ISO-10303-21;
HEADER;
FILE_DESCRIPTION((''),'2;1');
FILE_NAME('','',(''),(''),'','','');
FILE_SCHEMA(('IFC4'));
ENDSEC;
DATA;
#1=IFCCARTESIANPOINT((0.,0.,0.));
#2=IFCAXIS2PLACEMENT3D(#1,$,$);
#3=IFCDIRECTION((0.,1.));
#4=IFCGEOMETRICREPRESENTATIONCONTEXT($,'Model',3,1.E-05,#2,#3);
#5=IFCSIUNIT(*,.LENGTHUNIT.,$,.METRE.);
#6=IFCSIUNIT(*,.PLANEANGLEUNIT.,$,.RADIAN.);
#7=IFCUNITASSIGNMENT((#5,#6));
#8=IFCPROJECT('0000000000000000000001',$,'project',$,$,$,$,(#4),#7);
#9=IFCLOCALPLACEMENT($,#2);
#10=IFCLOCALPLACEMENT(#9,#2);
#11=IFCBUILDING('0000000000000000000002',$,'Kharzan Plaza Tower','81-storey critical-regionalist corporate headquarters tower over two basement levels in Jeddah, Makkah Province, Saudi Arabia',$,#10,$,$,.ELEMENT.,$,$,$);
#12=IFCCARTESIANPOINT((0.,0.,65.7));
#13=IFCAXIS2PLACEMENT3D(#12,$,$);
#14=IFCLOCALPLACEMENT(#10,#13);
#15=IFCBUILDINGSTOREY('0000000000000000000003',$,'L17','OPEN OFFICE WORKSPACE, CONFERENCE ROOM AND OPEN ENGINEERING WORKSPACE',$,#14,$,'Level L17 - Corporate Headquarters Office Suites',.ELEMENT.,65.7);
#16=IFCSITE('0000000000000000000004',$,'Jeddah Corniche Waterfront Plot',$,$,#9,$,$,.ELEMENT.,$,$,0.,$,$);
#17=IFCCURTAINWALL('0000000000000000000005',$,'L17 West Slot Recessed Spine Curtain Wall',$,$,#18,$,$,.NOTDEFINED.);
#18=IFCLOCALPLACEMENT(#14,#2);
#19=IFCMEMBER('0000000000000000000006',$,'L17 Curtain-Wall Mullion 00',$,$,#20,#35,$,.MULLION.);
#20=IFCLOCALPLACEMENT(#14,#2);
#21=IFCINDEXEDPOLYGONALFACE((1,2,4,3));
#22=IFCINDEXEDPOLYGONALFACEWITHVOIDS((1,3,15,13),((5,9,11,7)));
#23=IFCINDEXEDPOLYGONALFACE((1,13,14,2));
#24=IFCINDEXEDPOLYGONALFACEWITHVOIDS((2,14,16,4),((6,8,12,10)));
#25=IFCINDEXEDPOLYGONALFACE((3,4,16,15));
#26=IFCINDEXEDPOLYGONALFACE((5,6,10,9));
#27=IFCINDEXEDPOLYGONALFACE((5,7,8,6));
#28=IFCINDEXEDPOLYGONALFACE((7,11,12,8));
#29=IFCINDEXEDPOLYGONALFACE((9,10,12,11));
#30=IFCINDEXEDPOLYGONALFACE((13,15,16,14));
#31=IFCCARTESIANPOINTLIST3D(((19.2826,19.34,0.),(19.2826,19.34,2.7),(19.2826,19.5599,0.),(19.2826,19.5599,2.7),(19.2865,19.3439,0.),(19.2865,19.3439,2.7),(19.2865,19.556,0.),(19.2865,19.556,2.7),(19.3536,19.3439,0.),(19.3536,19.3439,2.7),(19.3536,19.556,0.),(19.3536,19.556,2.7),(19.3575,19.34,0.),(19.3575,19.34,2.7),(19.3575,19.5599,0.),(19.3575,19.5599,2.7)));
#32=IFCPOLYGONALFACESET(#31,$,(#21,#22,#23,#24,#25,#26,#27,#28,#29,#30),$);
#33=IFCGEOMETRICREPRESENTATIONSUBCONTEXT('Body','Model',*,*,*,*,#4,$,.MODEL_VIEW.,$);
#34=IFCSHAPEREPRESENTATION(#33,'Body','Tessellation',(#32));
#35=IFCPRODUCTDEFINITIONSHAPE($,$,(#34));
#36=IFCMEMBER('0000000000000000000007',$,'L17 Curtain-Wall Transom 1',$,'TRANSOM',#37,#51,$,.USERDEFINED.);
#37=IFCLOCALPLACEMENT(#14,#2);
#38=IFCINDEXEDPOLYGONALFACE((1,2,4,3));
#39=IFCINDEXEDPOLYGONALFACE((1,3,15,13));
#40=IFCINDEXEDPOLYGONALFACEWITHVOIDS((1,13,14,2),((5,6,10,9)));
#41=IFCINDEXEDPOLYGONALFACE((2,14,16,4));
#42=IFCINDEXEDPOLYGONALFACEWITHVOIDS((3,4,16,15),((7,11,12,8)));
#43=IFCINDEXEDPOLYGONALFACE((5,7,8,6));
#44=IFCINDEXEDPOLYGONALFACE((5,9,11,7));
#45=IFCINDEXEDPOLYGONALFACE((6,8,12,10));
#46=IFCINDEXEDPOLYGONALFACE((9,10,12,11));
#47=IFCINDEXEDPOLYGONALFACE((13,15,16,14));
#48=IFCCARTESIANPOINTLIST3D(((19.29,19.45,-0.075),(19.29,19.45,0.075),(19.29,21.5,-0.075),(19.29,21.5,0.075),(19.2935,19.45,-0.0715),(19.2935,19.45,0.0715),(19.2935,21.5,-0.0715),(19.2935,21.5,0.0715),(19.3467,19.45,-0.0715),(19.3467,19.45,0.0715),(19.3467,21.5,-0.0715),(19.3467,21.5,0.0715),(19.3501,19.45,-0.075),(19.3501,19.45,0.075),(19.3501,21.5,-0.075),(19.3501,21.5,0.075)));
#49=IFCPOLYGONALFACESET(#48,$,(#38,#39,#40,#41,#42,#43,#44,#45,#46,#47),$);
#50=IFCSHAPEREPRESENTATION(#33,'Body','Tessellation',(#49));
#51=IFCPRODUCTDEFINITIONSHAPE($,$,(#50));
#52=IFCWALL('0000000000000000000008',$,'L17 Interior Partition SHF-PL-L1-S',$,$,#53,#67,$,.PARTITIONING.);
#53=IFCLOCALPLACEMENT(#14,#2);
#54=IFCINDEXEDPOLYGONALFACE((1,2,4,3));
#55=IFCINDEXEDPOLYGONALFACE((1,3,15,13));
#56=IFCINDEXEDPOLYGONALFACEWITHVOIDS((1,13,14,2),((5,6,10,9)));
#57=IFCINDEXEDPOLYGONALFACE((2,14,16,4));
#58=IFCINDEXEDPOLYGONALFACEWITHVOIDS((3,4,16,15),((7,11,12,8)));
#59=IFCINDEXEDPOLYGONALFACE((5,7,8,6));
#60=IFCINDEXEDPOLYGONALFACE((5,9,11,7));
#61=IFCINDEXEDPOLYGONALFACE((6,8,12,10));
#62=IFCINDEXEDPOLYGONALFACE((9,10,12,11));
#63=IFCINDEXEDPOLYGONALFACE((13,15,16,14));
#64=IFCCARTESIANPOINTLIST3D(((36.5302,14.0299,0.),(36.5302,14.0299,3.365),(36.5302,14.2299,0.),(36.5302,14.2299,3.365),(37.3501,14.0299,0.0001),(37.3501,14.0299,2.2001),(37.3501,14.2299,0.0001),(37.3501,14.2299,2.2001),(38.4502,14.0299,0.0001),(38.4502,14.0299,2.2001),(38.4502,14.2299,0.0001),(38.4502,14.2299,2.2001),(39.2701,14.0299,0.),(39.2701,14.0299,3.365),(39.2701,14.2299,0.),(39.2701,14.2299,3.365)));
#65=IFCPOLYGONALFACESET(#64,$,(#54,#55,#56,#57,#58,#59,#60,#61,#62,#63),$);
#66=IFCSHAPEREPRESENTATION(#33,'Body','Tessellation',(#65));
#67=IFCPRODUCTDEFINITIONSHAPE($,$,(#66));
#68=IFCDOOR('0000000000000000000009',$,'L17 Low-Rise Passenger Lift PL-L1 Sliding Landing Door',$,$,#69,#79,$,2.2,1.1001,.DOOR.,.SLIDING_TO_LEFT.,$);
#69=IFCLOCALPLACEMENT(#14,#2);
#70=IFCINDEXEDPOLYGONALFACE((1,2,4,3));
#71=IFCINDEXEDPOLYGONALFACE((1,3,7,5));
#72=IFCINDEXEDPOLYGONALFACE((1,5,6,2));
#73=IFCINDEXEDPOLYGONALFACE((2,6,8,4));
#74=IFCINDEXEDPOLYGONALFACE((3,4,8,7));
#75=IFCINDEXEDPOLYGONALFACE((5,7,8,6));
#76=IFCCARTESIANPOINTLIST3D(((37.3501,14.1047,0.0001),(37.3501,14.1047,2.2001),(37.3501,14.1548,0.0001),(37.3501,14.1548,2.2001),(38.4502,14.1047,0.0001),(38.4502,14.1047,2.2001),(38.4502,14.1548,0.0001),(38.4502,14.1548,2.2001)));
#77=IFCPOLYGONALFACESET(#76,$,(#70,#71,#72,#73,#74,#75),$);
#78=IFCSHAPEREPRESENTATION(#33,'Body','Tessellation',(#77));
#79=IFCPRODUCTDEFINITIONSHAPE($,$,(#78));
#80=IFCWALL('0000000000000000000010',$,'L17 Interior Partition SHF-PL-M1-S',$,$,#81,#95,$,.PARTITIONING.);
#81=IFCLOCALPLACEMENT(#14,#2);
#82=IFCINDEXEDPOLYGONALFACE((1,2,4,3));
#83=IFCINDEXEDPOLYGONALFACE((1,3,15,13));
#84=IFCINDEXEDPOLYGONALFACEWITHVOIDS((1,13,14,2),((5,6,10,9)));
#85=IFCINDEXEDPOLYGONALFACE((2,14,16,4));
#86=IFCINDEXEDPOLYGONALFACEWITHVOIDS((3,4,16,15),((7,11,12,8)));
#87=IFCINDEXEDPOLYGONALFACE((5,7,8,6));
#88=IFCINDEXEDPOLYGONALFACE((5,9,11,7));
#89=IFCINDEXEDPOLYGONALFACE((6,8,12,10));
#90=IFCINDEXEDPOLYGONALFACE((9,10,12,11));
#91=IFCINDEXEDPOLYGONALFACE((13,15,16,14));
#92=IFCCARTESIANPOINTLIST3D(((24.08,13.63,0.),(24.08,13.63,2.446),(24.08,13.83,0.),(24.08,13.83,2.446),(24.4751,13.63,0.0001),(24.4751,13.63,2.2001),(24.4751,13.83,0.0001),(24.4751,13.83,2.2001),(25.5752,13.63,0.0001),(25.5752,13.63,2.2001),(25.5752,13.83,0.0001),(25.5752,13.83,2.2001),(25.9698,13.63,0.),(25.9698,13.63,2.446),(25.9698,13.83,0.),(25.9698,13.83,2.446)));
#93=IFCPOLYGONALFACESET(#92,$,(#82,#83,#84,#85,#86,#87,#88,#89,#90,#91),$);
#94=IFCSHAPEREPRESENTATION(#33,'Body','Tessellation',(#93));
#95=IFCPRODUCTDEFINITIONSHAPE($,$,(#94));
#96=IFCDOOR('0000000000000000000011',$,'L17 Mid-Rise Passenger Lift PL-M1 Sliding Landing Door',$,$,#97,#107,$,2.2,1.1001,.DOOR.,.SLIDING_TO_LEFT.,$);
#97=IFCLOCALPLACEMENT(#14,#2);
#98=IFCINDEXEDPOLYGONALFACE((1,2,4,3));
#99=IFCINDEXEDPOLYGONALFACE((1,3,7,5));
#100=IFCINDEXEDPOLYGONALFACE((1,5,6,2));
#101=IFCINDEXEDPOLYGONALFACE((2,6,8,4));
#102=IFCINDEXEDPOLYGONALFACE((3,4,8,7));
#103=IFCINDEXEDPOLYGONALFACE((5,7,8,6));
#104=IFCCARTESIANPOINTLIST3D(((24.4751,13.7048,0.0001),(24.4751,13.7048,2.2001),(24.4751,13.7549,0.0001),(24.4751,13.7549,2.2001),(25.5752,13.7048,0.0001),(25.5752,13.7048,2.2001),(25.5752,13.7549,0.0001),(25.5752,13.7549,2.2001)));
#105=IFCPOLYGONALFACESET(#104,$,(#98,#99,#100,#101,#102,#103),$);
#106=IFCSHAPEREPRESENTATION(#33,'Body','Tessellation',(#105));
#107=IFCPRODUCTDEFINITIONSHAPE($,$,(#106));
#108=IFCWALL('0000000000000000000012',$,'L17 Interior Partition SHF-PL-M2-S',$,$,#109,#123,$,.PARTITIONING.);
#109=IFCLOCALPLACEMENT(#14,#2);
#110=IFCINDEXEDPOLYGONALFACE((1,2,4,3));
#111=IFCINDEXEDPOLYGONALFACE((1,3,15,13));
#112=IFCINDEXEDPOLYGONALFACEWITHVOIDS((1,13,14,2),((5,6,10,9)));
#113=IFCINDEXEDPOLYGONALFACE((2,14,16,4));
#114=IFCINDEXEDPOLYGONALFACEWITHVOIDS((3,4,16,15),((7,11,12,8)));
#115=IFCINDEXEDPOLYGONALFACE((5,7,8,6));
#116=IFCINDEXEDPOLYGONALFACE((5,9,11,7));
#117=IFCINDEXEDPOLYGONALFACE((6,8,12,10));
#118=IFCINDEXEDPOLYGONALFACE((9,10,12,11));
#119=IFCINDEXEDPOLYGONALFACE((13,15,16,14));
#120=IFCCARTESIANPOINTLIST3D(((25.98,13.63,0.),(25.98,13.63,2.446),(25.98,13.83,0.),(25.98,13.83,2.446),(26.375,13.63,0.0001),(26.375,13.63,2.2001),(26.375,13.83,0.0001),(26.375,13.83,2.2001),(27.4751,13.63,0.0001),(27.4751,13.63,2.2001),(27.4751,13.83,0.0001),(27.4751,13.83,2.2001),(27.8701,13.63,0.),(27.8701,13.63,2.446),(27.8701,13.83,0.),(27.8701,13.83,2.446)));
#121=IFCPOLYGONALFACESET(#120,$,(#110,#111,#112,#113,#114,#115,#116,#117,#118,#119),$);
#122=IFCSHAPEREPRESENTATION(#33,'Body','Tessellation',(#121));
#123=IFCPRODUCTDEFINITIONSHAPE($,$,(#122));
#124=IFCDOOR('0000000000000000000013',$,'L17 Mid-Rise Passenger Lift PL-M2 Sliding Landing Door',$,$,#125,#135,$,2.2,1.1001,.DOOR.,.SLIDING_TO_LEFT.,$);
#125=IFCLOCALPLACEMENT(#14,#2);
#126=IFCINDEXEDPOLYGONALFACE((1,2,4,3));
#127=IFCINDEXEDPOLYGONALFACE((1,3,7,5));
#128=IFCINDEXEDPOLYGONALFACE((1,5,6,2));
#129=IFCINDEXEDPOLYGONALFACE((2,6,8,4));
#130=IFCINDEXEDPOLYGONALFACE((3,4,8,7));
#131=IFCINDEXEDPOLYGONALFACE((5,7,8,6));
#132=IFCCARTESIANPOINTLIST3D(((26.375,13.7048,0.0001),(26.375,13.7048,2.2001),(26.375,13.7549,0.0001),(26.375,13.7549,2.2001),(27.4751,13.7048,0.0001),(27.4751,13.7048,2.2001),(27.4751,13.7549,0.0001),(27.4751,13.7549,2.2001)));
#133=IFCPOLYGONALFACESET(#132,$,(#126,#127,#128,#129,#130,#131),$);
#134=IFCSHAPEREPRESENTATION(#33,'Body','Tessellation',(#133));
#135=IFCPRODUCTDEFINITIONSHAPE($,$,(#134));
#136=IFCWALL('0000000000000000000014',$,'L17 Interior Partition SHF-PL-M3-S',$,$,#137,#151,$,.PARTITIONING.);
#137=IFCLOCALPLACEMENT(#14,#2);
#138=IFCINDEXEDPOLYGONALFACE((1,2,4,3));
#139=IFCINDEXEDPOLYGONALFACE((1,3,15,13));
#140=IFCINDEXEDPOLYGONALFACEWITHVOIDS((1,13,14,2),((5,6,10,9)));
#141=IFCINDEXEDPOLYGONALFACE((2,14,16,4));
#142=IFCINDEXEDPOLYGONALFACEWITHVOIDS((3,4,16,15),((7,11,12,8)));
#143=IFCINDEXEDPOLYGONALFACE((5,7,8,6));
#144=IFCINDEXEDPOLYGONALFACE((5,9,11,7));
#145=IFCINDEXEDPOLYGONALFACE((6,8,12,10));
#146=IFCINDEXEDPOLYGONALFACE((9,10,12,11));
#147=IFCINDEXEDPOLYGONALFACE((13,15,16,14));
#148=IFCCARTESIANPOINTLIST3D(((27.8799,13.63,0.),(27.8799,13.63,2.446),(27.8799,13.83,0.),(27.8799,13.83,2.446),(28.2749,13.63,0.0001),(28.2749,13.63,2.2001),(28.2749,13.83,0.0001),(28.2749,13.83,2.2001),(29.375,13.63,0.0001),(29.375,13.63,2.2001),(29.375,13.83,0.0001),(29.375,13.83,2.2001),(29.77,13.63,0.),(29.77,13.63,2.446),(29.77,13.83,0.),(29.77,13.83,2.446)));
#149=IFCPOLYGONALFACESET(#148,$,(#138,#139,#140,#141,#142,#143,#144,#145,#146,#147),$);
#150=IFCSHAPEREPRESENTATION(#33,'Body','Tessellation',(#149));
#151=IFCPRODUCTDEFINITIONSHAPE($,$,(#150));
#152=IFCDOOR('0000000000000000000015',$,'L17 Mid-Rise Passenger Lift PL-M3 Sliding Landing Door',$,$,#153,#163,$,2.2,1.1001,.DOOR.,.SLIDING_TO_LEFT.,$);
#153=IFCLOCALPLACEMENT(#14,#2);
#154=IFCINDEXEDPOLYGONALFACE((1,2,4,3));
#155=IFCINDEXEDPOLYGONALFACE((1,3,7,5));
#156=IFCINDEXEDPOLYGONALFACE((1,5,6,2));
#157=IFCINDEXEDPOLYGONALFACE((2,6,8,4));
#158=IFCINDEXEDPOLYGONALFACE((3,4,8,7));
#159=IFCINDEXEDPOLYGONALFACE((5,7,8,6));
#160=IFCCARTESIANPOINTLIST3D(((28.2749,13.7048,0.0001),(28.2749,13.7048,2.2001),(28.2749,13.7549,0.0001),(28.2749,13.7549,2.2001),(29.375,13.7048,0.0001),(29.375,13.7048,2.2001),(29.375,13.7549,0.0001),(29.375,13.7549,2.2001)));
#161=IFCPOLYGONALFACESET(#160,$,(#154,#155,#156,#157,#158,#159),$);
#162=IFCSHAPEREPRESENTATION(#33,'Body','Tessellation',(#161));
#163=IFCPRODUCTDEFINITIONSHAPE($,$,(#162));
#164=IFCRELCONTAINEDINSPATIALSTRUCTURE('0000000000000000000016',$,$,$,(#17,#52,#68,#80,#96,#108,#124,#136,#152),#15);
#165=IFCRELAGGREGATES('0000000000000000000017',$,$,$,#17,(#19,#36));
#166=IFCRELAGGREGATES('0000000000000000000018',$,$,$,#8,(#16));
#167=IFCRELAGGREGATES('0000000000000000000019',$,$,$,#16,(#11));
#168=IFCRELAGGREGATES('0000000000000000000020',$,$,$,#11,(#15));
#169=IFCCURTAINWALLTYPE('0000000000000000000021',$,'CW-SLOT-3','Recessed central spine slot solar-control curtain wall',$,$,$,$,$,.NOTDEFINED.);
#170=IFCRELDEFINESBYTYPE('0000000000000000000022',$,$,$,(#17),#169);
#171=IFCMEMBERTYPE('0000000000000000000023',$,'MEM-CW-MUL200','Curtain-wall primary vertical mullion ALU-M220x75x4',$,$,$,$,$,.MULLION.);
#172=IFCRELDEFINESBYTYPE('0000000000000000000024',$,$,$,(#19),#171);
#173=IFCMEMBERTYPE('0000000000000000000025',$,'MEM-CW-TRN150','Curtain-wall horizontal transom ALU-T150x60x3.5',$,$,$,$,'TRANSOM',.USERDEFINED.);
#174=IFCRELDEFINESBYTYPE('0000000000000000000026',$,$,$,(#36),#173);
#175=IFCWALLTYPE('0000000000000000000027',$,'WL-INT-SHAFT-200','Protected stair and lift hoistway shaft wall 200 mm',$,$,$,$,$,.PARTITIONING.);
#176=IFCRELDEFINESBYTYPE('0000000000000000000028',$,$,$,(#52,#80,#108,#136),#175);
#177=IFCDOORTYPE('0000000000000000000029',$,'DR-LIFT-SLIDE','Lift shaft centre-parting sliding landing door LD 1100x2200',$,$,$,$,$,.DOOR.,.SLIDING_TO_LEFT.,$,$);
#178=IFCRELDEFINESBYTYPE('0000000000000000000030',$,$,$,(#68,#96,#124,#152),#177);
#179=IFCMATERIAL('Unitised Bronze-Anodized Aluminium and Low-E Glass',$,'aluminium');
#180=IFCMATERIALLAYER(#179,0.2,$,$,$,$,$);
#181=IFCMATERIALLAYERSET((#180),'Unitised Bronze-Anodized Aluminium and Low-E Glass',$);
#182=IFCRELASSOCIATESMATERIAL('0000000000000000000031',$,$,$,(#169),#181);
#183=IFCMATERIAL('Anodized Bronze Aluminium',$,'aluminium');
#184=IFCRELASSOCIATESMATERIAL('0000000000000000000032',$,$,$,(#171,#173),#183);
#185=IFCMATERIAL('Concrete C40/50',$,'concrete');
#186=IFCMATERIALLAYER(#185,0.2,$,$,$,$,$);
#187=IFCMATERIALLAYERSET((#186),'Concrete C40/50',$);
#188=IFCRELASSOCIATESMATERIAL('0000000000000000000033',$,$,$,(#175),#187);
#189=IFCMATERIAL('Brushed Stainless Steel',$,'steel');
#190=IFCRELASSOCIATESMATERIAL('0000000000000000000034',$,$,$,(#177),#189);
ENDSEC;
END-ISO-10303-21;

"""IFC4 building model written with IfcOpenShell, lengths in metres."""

from ifc_helpers import new_model, si_unit, direction, frame, frame_2d, origin, origin_2d, place, context, subcontext, project, spatial, rectangle, hollow_rectangle, extrude, source, transform, mapped, material, layer, layer_set, material_profile, profile_set, type_object, element, fill, aggregate, save


model = new_model("IFC4")

# Units and contexts
model_context = context("Model", 3, precision=1e-05, world=origin(), true_north=direction((0.0, 1.0)))
body_context = subcontext(model_context, "Body", "Model", "MODEL_VIEW")
ifc_project = project(units=[si_unit("LENGTHUNIT", "METRE"), si_unit("PLANEANGLEUNIT", "RADIAN")], contexts=[model_context])

# Site, building, storey
site_placement = place(None, origin())
site = spatial("IfcSite", under=ifc_project, at=site_placement, Name="Jeddah Corniche Waterfront Plot", CompositionType="ELEMENT", RefElevation=0.0)
building_placement = place(site_placement, origin())
building = spatial("IfcBuilding", under=site, at=building_placement, Name="Kharzan Plaza Tower", Description="81-storey critical-regionalist corporate headquarters tower over two basement levels in Jeddah, Makkah Province, Saudi Arabia", CompositionType="ELEMENT")
storey_placement = place(building_placement, frame((0.0, 0.0, 65.7)))
storey = spatial("IfcBuildingStorey", under=building, at=storey_placement, Name="L17", Description="OPEN OFFICE WORKSPACE, CONFERENCE ROOM AND OPEN ENGINEERING WORKSPACE", LongName="Level L17 - Corporate Headquarters Office Suites", CompositionType="ELEMENT", Elevation=65.7)

# Curtain wall, members
ifc_material_1 = material(Name="Unitised Bronze-Anodized Aluminium and Low-E Glass", Category="aluminium")
ifc_layer_1 = layer(ifc_material_1, 0.2)
ifc_layer_set_1 = layer_set([ifc_layer_1], Name="Unitised Bronze-Anodized Aluminium and Low-E Glass")
curtain_wall_type = type_object("IfcCurtainWallType", Name="CW-SLOT-3", Description="Recessed central spine slot solar-control curtain wall", PredefinedType="NOTDEFINED", material=ifc_layer_set_1)
curtain_wall_placement = place(storey_placement, origin())
curtain_wall = element("IfcCurtainWall", 1, at=curtain_wall_placement, inside=storey, type_object=curtain_wall_type, Name="L17 West Slot Recessed Spine Curtain Wall", PredefinedType="NOTDEFINED")
ifc_material_2 = material(Name="Anodized Bronze Aluminium", Category="aluminium")
ifc_material_profile_1 = material_profile(ifc_material_2, hollow_rectangle(XDim=0.075, YDim=0.22, WallThickness=0.0039, at=origin_2d()), Name="ALU-M220x75x4")
ifc_profile_set_1 = profile_set([ifc_material_profile_1], Name="Anodized Bronze Aluminium")
member_type_1 = type_object("IfcMemberType", Name="MEM-CW-MUL200", Description="Curtain-wall primary vertical mullion ALU-M220x75x4", PredefinedType="MULLION", material=ifc_profile_set_1)
shared_shape_1 = source(origin(), body_context, "Body", "SweptSolid", [
    extrude(hollow_rectangle(XDim=0.075, YDim=0.22, WallThickness=0.0039, at=origin_2d()), origin(), (0.0, 0.0, 1.0), 2.7),
])
member_1_placement = place(storey_placement, frame((19.3201, 19.45, 0.0), z_axis=(0.0, 0.0, 1.0), x_axis=(1.0, 0.0, 0.0)))
member_1 = element("IfcMember", 2, at=member_1_placement, type_object=member_type_1, Name="L17 Curtain-Wall Mullion 00", PredefinedType="MULLION", context=body_context, shape_type="MappedRepresentation", body=[
    mapped(shared_shape_1, transform((0.0, 0.0, 0.0), x_axis=(1.0, 0.0, 0.0), y_axis=(0.0, 1.0, 0.0), z_axis=(0.0, 0.0, 1.0))),
])
ifc_material_profile_2 = material_profile(ifc_material_2, hollow_rectangle(XDim=0.0601, YDim=0.1499, WallThickness=0.0034, at=origin_2d()), Name="ALU-T150x60x3.5")
ifc_profile_set_2 = profile_set([ifc_material_profile_2], Name="Anodized Bronze Aluminium")
member_type_2 = type_object("IfcMemberType", Name="MEM-CW-TRN150", Description="Curtain-wall horizontal transom ALU-T150x60x3.5", ElementType="TRANSOM", PredefinedType="USERDEFINED", material=ifc_profile_set_2)
shared_shape_2 = source(origin(), body_context, "Body", "SweptSolid", [
    extrude(hollow_rectangle(XDim=0.0601, YDim=0.1499, WallThickness=0.0034, at=origin_2d()), origin(), (0.0, 0.0, 1.0), 2.05),
])
member_2_placement = place(storey_placement, frame((19.3201, 19.45, 0.0), z_axis=(0.0, 1.0, 0.0), x_axis=(-1.0, 0.0, 0.0)))
member_2 = element("IfcMember", 3, at=member_2_placement, type_object=member_type_2, Name="L17 Curtain-Wall Transom 1", ObjectType="TRANSOM", PredefinedType="USERDEFINED", context=body_context, shape_type="MappedRepresentation", body=[
    mapped(shared_shape_2, transform((0.0, 0.0, 0.0), x_axis=(1.0, 0.0, 0.0), y_axis=(0.0, 1.0, 0.0), z_axis=(0.0, 0.0, 1.0))),
])
aggregate(curtain_wall, [member_1, member_2])

# Walls, openings, doors
ifc_material_3 = material(Name="Concrete C40/50", Category="concrete")
ifc_layer_2 = layer(ifc_material_3, 0.2)
ifc_layer_set_2 = layer_set([ifc_layer_2], Name="Concrete C40/50")
wall_type_1 = type_object("IfcWallType", Name="WL-INT-SHAFT-200", Description="Protected stair and lift hoistway shaft wall 200 mm", PredefinedType="PARTITIONING", material=ifc_layer_set_2)
wall_1_placement = place(storey_placement, frame((36.53, 14.1299, 0.0), z_axis=(0.0, 0.0, 1.0), x_axis=(1.0, 0.0, 0.0)))
wall_1 = element("IfcWall", 4, at=wall_1_placement, inside=storey, type_object=wall_type_1, Name="L17 Interior Partition SHF-PL-L1-S", PredefinedType="PARTITIONING", context=body_context, shape_type="SweptSolid", body=[
    extrude(rectangle(XDim=2.74, YDim=0.2, at=frame_2d((1.3701, 0.0))), origin(), (0.0, 0.0, 1.0), 3.365),
])
opening_1_placement = place(wall_1_placement, frame((0.8201, 0.0, 0.0)))
opening_1 = element("IfcOpeningElement", 5, at=opening_1_placement, cuts=wall_1, PredefinedType="OPENING", context=body_context, shape_type="SweptSolid", body=[
    extrude(rectangle(XDim=1.1001, YDim=2.2, at=frame_2d((0.55, 1.1001))), frame((0.0, 0.1099, 0.0), z_axis=(0.0, -1.0, 0.0), x_axis=(1.0, 0.0, 0.0)), (0.0, 0.0, 1.0), 0.22),
])
ifc_material_4 = material(Name="Brushed Stainless Steel", Category="steel")
door_type = type_object("IfcDoorType", Name="DR-LIFT-SLIDE", Description="Lift shaft centre-parting sliding landing door LD 1100x2200", OperationType="SLIDING_TO_LEFT", PredefinedType="DOOR", material=ifc_material_4)
shared_shape_3 = source(origin(), body_context, "Body", "SweptSolid", [
    extrude(rectangle(XDim=1.1001, YDim=2.2, at=frame_2d((0.55, 1.1001))), frame((0.0, 0.0249, 0.0), z_axis=(0.0, -1.0, 0.0), x_axis=(1.0, 0.0, 0.0)), (0.0, 0.0, 1.0), 0.05),
])
door_1_placement = place(opening_1_placement, origin())
door_1 = element("IfcDoor", 6, at=door_1_placement, inside=storey, type_object=door_type, Name="L17 Low-Rise Passenger Lift PL-L1 Sliding Landing Door", OperationType="SLIDING_TO_LEFT", OverallHeight=2.2, OverallWidth=1.1001, PredefinedType="DOOR", context=body_context, shape_type="MappedRepresentation", body=[
    mapped(shared_shape_3, transform((0.0, 0.0, 0.0), x_axis=(1.0, 0.0, 0.0), y_axis=(0.0, 1.0, 0.0), z_axis=(0.0, 0.0, 1.0))),
])
fill(opening_1, door_1)
wall_2_placement = place(storey_placement, frame((24.0801, 13.73, 0.0), z_axis=(0.0, 0.0, 1.0), x_axis=(1.0, 0.0, 0.0)))
wall_2 = element("IfcWall", 7, at=wall_2_placement, inside=storey, type_object=wall_type_1, Name="L17 Interior Partition SHF-PL-M1-S", PredefinedType="PARTITIONING", context=body_context, shape_type="SweptSolid", body=[
    extrude(rectangle(XDim=1.8899, YDim=0.2, at=frame_2d((0.9448, 0.0))), origin(), (0.0, 0.0, 1.0), 2.446),
])
opening_2_placement = place(wall_2_placement, frame((0.395, 0.0, 0.0)))
opening_2 = element("IfcOpeningElement", 8, at=opening_2_placement, cuts=wall_2, PredefinedType="OPENING", context=body_context, shape_type="SweptSolid", body=[
    extrude(rectangle(XDim=1.1001, YDim=2.2, at=frame_2d((0.55, 1.1001))), frame((0.0, 0.1099, 0.0), z_axis=(0.0, -1.0, 0.0), x_axis=(1.0, 0.0, 0.0)), (0.0, 0.0, 1.0), 0.22),
])
door_2_placement = place(opening_2_placement, origin())
door_2 = element("IfcDoor", 9, at=door_2_placement, inside=storey, type_object=door_type, Name="L17 Mid-Rise Passenger Lift PL-M1 Sliding Landing Door", OperationType="SLIDING_TO_LEFT", OverallHeight=2.2, OverallWidth=1.1001, PredefinedType="DOOR", context=body_context, shape_type="MappedRepresentation", body=[
    mapped(shared_shape_3, transform((0.0, 0.0, 0.0), x_axis=(1.0, 0.0, 0.0), y_axis=(0.0, 1.0, 0.0), z_axis=(0.0, 0.0, 1.0))),
])
fill(opening_2, door_2)
wall_3_placement = place(storey_placement, frame((25.98, 13.73, 0.0), z_axis=(0.0, 0.0, 1.0), x_axis=(1.0, 0.0, 0.0)))
wall_3 = element("IfcWall", 10, at=wall_3_placement, inside=storey, type_object=wall_type_1, Name="L17 Interior Partition SHF-PL-M2-S", PredefinedType="PARTITIONING", context=body_context, shape_type="SweptSolid", body=[
    extrude(rectangle(XDim=1.8901, YDim=0.2, at=frame_2d((0.9451, 0.0))), origin(), (0.0, 0.0, 1.0), 2.446),
])
opening_3_placement = place(wall_3_placement, frame((0.395, 0.0, 0.0)))
opening_3 = element("IfcOpeningElement", 11, at=opening_3_placement, cuts=wall_3, PredefinedType="OPENING", context=body_context, shape_type="SweptSolid", body=[
    extrude(rectangle(XDim=1.1001, YDim=2.2, at=frame_2d((0.55, 1.1001))), frame((0.0, 0.1099, 0.0), z_axis=(0.0, -1.0, 0.0), x_axis=(1.0, 0.0, 0.0)), (0.0, 0.0, 1.0), 0.22),
])
door_3_placement = place(opening_3_placement, origin())
door_3 = element("IfcDoor", 12, at=door_3_placement, inside=storey, type_object=door_type, Name="L17 Mid-Rise Passenger Lift PL-M2 Sliding Landing Door", OperationType="SLIDING_TO_LEFT", OverallHeight=2.2, OverallWidth=1.1001, PredefinedType="DOOR", context=body_context, shape_type="MappedRepresentation", body=[
    mapped(shared_shape_3, transform((0.0, 0.0, 0.0), x_axis=(1.0, 0.0, 0.0), y_axis=(0.0, 1.0, 0.0), z_axis=(0.0, 0.0, 1.0))),
])
fill(opening_3, door_3)
wall_4_placement = place(storey_placement, frame((27.8799, 13.73, 0.0), z_axis=(0.0, 0.0, 1.0), x_axis=(1.0, 0.0, 0.0)))
wall_4 = element("IfcWall", 13, at=wall_4_placement, inside=storey, type_object=wall_type_1, Name="L17 Interior Partition SHF-PL-M3-S", PredefinedType="PARTITIONING", context=body_context, shape_type="SweptSolid", body=[
    extrude(rectangle(XDim=1.8901, YDim=0.2, at=frame_2d((0.9451, 0.0))), origin(), (0.0, 0.0, 1.0), 2.446),
])
opening_4_placement = place(wall_4_placement, frame((0.395, 0.0, 0.0)))
opening_4 = element("IfcOpeningElement", 14, at=opening_4_placement, cuts=wall_4, PredefinedType="OPENING", context=body_context, shape_type="SweptSolid", body=[
    extrude(rectangle(XDim=1.1001, YDim=2.2, at=frame_2d((0.55, 1.1001))), frame((0.0, 0.1099, 0.0), z_axis=(0.0, -1.0, 0.0), x_axis=(1.0, 0.0, 0.0)), (0.0, 0.0, 1.0), 0.22),
])
door_4_placement = place(opening_4_placement, origin())
door_4 = element("IfcDoor", 15, at=door_4_placement, inside=storey, type_object=door_type, Name="L17 Mid-Rise Passenger Lift PL-M3 Sliding Landing Door", OperationType="SLIDING_TO_LEFT", OverallHeight=2.2, OverallWidth=1.1001, PredefinedType="DOOR", context=body_context, shape_type="MappedRepresentation", body=[
    mapped(shared_shape_3, transform((0.0, 0.0, 0.0), x_axis=(1.0, 0.0, 0.0), y_axis=(0.0, 1.0, 0.0), z_axis=(0.0, 0.0, 1.0))),
])
fill(opening_4, door_4)

save(model, "model.ifc")
